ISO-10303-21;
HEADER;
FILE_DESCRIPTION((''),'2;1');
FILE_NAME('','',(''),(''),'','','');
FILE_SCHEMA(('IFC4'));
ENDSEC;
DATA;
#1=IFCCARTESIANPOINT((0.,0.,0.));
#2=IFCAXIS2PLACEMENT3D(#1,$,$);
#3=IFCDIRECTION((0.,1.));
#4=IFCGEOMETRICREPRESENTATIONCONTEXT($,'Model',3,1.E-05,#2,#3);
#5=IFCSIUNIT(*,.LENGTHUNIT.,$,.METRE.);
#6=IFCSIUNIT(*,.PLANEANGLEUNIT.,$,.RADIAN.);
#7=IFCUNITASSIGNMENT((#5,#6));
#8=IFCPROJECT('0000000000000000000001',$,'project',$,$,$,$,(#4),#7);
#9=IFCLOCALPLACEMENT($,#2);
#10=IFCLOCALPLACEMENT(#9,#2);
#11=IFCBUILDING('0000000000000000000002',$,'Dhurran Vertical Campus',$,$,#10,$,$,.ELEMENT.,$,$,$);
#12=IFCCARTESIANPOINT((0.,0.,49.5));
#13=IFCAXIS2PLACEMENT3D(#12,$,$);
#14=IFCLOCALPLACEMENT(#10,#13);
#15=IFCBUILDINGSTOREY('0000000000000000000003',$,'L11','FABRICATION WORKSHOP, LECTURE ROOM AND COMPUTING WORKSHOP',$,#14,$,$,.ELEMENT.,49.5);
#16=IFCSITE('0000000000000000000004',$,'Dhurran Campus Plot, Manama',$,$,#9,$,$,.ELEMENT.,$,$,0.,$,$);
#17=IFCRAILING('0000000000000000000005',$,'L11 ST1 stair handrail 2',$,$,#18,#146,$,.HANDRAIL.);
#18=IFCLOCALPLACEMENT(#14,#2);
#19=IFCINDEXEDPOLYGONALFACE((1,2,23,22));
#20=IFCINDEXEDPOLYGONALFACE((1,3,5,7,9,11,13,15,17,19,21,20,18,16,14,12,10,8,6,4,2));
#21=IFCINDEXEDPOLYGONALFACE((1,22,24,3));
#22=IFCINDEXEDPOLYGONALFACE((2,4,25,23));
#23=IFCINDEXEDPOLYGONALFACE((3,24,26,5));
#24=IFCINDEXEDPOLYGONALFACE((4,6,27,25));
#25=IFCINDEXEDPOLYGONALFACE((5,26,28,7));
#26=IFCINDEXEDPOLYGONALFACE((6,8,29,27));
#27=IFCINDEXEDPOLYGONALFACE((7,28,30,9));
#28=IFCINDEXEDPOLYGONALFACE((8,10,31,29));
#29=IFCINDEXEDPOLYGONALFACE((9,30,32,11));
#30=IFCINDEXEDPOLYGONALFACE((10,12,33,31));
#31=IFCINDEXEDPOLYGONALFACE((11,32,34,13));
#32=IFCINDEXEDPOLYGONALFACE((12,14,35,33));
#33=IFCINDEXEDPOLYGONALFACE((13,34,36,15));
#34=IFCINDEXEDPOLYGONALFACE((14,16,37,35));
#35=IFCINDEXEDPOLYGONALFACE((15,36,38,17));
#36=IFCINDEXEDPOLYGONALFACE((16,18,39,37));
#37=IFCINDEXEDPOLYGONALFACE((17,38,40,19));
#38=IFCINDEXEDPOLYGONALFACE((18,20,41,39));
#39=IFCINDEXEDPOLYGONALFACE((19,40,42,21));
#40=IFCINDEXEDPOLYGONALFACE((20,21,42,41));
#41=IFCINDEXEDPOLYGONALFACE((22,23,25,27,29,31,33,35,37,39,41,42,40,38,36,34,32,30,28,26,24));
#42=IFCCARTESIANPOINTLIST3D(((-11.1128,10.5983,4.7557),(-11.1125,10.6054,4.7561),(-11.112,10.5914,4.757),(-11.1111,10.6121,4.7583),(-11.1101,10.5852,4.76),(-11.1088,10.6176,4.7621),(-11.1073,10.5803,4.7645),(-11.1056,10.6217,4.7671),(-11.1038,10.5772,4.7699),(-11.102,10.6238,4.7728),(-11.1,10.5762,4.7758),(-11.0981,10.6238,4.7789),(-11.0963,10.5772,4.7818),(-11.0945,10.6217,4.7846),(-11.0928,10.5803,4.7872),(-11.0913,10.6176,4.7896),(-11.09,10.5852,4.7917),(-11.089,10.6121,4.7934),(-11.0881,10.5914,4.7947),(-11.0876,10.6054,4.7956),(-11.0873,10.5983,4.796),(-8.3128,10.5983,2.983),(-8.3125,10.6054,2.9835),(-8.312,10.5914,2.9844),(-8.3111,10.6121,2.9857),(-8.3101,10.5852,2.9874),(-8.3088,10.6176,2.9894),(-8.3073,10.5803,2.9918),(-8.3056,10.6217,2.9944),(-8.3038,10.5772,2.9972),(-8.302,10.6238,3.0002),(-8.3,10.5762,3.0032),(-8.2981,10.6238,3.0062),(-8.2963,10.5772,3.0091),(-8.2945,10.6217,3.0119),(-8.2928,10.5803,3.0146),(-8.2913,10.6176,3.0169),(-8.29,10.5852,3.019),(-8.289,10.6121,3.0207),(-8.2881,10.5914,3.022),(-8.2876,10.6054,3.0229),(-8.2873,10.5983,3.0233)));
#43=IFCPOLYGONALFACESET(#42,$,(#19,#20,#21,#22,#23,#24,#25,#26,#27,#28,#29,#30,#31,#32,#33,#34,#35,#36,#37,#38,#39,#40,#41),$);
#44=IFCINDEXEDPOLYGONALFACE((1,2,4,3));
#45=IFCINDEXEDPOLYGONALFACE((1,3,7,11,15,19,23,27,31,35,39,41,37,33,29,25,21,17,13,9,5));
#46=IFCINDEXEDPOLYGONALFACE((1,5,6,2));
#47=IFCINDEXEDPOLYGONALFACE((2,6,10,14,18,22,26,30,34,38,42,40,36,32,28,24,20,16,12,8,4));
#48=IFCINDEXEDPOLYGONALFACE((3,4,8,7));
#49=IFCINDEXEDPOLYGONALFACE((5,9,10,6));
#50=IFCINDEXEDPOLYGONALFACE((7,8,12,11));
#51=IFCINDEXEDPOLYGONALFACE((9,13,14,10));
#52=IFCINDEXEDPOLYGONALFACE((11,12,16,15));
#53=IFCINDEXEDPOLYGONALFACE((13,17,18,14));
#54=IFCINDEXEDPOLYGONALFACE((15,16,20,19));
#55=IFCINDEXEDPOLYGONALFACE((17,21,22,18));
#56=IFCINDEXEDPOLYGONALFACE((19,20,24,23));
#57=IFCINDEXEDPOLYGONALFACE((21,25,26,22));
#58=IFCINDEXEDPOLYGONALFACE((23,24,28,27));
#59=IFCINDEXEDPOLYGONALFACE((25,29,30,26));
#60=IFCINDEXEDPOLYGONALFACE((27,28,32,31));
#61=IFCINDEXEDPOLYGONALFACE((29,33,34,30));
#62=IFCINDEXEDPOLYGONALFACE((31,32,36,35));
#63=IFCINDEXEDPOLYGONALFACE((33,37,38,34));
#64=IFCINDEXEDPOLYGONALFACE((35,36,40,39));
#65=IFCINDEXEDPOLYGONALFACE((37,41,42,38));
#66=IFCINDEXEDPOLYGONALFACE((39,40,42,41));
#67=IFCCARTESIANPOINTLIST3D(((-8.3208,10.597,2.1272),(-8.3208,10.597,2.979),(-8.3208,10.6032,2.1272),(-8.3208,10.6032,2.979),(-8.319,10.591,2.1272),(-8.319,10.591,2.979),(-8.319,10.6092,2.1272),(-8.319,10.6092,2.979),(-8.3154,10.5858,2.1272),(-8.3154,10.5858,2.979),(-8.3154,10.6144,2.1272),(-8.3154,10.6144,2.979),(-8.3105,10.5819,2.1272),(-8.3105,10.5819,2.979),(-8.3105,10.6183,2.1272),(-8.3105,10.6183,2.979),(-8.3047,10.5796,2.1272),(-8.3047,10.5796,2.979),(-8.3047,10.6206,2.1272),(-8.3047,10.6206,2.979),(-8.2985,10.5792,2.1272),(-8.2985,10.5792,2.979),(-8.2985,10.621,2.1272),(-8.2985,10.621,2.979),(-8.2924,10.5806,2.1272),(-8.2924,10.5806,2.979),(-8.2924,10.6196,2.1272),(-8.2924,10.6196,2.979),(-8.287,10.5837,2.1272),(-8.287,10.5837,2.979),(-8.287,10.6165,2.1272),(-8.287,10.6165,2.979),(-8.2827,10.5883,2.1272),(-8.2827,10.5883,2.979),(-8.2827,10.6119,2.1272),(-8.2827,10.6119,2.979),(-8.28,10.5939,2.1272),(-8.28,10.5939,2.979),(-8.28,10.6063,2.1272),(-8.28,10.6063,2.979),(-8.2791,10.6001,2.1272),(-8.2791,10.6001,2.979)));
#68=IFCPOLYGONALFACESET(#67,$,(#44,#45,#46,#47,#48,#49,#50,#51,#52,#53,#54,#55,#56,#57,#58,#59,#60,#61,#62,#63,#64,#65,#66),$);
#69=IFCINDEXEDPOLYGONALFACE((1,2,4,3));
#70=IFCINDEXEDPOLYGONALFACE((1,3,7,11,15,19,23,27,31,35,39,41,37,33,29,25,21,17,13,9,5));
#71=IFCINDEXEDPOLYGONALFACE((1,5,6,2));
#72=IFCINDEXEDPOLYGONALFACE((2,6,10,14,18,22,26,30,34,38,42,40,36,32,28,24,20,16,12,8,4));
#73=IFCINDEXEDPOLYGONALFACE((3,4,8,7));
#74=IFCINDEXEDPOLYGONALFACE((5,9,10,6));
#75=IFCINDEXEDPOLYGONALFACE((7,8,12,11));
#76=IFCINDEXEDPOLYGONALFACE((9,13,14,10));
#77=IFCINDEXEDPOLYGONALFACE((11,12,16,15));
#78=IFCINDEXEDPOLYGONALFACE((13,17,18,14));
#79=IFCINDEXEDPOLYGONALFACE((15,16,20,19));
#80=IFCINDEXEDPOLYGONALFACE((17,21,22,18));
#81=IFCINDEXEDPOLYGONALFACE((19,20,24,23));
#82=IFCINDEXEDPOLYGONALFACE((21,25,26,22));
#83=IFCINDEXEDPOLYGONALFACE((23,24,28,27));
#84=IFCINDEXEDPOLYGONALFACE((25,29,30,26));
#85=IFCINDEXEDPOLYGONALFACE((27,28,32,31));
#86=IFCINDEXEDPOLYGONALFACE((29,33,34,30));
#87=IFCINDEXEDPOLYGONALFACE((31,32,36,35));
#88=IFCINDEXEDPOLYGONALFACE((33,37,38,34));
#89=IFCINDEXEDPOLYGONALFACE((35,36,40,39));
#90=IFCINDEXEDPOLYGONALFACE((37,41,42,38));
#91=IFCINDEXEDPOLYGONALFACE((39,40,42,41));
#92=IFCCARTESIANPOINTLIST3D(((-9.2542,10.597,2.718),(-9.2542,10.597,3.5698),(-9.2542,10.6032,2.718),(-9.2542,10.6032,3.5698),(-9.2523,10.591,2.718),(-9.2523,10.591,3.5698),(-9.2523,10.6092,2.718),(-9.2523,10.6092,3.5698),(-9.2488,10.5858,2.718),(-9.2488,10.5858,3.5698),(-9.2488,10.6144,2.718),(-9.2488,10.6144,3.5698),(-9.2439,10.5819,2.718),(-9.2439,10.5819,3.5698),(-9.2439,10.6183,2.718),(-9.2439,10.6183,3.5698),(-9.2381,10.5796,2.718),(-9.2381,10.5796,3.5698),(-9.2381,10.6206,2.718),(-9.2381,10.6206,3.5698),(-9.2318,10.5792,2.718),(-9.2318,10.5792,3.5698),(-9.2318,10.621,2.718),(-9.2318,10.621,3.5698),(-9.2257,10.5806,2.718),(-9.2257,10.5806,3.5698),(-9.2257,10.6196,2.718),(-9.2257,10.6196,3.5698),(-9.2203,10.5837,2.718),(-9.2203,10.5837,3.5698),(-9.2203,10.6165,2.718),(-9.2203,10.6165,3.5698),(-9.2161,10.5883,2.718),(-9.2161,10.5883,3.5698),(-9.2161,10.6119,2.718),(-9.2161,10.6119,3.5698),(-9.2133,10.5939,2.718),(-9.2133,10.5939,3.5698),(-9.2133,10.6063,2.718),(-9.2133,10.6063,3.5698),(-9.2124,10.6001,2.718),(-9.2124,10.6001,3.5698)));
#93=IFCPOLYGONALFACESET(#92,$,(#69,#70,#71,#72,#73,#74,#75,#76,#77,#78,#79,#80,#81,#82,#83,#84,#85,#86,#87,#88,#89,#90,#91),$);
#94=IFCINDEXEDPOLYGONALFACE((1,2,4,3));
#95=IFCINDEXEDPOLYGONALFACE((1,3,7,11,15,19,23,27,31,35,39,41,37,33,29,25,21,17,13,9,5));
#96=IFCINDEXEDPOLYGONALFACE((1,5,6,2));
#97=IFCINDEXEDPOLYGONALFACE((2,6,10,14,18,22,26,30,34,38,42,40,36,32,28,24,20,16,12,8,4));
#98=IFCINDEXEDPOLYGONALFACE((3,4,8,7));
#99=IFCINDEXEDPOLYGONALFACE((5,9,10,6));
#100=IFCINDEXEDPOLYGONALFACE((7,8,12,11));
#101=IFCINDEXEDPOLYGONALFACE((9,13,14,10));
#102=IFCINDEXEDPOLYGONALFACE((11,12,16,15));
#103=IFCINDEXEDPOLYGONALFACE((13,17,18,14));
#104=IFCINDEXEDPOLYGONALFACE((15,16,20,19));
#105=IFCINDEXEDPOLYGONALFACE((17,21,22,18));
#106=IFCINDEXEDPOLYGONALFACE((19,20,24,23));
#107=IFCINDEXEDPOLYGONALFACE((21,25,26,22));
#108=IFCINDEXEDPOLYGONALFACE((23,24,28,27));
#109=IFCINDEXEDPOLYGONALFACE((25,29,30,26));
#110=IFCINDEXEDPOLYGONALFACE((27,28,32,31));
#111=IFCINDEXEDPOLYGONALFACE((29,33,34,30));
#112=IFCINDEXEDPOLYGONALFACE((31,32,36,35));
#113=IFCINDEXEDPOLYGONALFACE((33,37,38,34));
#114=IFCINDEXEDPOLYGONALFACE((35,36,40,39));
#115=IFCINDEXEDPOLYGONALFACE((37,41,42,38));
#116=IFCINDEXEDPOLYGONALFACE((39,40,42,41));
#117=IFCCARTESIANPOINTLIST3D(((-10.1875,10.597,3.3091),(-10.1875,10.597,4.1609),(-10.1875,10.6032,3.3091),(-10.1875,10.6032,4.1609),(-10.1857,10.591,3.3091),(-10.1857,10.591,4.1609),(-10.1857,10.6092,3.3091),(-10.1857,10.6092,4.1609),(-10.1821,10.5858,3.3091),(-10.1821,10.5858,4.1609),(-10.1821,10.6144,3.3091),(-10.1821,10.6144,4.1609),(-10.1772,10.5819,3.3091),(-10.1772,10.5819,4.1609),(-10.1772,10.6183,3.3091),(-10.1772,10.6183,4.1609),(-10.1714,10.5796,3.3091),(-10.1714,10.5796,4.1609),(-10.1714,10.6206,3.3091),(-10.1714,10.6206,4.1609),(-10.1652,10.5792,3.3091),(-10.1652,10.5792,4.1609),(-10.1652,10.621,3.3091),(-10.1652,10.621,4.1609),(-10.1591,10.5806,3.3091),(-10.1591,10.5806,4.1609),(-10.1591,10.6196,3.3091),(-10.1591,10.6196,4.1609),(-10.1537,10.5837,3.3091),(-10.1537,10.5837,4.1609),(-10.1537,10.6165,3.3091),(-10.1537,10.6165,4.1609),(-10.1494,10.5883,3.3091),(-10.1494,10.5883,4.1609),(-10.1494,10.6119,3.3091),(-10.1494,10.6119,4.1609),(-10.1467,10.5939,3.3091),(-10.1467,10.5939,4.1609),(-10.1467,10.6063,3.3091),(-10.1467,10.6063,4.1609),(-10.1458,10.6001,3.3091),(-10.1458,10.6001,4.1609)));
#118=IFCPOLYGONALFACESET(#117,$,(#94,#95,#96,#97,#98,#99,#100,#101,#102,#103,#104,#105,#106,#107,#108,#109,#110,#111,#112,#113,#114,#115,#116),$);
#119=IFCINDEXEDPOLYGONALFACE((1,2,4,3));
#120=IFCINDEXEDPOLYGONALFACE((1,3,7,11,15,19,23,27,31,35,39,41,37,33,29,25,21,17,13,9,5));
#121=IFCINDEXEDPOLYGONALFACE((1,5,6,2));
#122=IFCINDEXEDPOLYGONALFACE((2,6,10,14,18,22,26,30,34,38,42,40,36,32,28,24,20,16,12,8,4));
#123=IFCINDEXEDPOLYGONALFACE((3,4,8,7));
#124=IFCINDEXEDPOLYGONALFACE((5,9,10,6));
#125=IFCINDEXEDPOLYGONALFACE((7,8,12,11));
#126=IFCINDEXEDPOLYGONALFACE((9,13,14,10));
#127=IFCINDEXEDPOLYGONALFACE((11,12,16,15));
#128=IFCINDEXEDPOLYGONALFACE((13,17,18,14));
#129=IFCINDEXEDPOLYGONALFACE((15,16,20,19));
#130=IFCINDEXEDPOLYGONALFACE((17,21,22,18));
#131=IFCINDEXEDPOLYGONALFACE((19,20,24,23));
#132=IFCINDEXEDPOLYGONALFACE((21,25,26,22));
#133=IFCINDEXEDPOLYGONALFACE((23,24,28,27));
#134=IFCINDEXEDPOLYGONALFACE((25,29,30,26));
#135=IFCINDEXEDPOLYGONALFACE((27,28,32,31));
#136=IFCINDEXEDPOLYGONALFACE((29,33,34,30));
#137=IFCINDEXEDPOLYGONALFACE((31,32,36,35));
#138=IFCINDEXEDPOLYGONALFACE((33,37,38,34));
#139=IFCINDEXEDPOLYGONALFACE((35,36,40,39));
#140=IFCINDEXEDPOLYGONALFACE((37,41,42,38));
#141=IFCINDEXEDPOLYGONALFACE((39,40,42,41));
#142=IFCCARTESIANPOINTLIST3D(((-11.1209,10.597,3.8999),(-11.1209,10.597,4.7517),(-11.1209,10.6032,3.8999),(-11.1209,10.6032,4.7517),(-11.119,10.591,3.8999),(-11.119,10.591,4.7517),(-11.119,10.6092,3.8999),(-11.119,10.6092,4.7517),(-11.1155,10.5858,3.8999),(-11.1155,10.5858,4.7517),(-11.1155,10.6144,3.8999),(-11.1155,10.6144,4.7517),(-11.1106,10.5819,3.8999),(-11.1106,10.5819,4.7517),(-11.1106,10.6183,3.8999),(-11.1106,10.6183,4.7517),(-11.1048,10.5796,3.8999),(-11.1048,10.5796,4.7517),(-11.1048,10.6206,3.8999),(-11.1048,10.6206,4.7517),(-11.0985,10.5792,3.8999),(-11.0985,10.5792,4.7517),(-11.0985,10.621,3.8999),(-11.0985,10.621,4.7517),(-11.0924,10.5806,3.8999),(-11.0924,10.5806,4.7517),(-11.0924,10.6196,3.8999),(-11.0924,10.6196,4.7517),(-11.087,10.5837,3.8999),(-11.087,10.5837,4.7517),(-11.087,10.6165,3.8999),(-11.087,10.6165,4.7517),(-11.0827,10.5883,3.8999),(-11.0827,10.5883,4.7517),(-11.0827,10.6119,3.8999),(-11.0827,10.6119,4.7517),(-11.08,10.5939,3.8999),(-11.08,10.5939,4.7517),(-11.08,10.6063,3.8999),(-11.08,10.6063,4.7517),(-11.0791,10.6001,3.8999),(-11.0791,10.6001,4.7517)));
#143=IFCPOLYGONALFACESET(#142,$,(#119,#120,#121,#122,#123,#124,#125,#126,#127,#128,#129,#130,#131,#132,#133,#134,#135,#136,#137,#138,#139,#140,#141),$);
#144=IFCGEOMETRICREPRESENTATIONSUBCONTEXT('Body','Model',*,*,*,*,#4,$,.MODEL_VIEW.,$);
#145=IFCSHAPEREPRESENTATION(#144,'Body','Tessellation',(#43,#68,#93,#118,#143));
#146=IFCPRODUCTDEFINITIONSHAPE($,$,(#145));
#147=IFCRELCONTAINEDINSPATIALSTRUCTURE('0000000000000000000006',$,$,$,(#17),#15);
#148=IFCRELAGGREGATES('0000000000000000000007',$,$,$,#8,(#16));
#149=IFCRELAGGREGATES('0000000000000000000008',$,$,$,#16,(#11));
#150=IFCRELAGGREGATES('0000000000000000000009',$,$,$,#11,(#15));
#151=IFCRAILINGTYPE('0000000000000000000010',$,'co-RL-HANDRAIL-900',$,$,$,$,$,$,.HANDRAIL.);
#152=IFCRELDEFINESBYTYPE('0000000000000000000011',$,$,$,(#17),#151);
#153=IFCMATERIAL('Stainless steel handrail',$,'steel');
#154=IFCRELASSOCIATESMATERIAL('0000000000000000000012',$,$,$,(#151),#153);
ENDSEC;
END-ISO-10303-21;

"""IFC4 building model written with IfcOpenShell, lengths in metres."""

from ifc_helpers import new_model, si_unit, direction, frame, origin, origin_2d, place, context, subcontext, project, spatial, circle, extrude, material, type_object, element, save


model = new_model("IFC4")

# Units and contexts
model_context = context("Model", 3, precision=1e-05, world=origin(), true_north=direction((0.0, 1.0)))
body_context = subcontext(model_context, "Body", "Model", "MODEL_VIEW")
ifc_project = project(units=[si_unit("LENGTHUNIT", "METRE"), si_unit("PLANEANGLEUNIT", "RADIAN")], contexts=[model_context])

# Site, building, storey
site_placement = place(None, origin())
site = spatial("IfcSite", under=ifc_project, at=site_placement, Name="Dhurran Campus Plot, Manama", CompositionType="ELEMENT", RefElevation=0.0)
building_placement = place(site_placement, origin())
building = spatial("IfcBuilding", under=site, at=building_placement, Name="Dhurran Vertical Campus", CompositionType="ELEMENT")
storey_placement = place(building_placement, frame((0.0, 0.0, 49.5)))
storey = spatial("IfcBuildingStorey", under=building, at=storey_placement, Name="L11", Description="FABRICATION WORKSHOP, LECTURE ROOM AND COMPUTING WORKSHOP", CompositionType="ELEMENT", Elevation=49.5)

# Railing
ifc_material_1 = material(Name="Stainless steel handrail", Category="steel")
railing_type_1 = type_object("IfcRailingType", Name="co-RL-HANDRAIL-900", PredefinedType="HANDRAIL", material=ifc_material_1)
railing_1_placement = place(storey_placement, frame((-8.3, 10.6001, 2.1272)))
element("IfcRailing", 1, at=railing_1_placement, inside=storey, type_object=railing_type_1, Name="L11 ST1 stair handrail 2", PredefinedType="HANDRAIL", context=body_context, shape_type="SweptSolid", body=[
    extrude(circle(Radius=0.0239, at=origin_2d()), frame((0.0, 0.0, 0.876), z_axis=(-0.844909, 0.0, 0.53491), x_axis=(0.0, -1.0, 0.0)), (0.0, 0.0, 1.0), 3.314),
    extrude(circle(Radius=0.021, at=origin_2d()), origin(), (0.0, 0.0, 1.0), 0.8518),
    extrude(circle(Radius=0.021, at=origin_2d()), frame((-0.9333, 0.0, 0.5908)), (0.0, 0.0, 1.0), 0.8518),
    extrude(circle(Radius=0.021, at=origin_2d()), frame((-1.8667, 0.0, 1.1819)), (0.0, 0.0, 1.0), 0.8518),
    extrude(circle(Radius=0.021, at=origin_2d()), frame((-2.8, 0.0, 1.7727)), (0.0, 0.0, 1.0), 0.8518),
])

save(model, "model.ifc")
